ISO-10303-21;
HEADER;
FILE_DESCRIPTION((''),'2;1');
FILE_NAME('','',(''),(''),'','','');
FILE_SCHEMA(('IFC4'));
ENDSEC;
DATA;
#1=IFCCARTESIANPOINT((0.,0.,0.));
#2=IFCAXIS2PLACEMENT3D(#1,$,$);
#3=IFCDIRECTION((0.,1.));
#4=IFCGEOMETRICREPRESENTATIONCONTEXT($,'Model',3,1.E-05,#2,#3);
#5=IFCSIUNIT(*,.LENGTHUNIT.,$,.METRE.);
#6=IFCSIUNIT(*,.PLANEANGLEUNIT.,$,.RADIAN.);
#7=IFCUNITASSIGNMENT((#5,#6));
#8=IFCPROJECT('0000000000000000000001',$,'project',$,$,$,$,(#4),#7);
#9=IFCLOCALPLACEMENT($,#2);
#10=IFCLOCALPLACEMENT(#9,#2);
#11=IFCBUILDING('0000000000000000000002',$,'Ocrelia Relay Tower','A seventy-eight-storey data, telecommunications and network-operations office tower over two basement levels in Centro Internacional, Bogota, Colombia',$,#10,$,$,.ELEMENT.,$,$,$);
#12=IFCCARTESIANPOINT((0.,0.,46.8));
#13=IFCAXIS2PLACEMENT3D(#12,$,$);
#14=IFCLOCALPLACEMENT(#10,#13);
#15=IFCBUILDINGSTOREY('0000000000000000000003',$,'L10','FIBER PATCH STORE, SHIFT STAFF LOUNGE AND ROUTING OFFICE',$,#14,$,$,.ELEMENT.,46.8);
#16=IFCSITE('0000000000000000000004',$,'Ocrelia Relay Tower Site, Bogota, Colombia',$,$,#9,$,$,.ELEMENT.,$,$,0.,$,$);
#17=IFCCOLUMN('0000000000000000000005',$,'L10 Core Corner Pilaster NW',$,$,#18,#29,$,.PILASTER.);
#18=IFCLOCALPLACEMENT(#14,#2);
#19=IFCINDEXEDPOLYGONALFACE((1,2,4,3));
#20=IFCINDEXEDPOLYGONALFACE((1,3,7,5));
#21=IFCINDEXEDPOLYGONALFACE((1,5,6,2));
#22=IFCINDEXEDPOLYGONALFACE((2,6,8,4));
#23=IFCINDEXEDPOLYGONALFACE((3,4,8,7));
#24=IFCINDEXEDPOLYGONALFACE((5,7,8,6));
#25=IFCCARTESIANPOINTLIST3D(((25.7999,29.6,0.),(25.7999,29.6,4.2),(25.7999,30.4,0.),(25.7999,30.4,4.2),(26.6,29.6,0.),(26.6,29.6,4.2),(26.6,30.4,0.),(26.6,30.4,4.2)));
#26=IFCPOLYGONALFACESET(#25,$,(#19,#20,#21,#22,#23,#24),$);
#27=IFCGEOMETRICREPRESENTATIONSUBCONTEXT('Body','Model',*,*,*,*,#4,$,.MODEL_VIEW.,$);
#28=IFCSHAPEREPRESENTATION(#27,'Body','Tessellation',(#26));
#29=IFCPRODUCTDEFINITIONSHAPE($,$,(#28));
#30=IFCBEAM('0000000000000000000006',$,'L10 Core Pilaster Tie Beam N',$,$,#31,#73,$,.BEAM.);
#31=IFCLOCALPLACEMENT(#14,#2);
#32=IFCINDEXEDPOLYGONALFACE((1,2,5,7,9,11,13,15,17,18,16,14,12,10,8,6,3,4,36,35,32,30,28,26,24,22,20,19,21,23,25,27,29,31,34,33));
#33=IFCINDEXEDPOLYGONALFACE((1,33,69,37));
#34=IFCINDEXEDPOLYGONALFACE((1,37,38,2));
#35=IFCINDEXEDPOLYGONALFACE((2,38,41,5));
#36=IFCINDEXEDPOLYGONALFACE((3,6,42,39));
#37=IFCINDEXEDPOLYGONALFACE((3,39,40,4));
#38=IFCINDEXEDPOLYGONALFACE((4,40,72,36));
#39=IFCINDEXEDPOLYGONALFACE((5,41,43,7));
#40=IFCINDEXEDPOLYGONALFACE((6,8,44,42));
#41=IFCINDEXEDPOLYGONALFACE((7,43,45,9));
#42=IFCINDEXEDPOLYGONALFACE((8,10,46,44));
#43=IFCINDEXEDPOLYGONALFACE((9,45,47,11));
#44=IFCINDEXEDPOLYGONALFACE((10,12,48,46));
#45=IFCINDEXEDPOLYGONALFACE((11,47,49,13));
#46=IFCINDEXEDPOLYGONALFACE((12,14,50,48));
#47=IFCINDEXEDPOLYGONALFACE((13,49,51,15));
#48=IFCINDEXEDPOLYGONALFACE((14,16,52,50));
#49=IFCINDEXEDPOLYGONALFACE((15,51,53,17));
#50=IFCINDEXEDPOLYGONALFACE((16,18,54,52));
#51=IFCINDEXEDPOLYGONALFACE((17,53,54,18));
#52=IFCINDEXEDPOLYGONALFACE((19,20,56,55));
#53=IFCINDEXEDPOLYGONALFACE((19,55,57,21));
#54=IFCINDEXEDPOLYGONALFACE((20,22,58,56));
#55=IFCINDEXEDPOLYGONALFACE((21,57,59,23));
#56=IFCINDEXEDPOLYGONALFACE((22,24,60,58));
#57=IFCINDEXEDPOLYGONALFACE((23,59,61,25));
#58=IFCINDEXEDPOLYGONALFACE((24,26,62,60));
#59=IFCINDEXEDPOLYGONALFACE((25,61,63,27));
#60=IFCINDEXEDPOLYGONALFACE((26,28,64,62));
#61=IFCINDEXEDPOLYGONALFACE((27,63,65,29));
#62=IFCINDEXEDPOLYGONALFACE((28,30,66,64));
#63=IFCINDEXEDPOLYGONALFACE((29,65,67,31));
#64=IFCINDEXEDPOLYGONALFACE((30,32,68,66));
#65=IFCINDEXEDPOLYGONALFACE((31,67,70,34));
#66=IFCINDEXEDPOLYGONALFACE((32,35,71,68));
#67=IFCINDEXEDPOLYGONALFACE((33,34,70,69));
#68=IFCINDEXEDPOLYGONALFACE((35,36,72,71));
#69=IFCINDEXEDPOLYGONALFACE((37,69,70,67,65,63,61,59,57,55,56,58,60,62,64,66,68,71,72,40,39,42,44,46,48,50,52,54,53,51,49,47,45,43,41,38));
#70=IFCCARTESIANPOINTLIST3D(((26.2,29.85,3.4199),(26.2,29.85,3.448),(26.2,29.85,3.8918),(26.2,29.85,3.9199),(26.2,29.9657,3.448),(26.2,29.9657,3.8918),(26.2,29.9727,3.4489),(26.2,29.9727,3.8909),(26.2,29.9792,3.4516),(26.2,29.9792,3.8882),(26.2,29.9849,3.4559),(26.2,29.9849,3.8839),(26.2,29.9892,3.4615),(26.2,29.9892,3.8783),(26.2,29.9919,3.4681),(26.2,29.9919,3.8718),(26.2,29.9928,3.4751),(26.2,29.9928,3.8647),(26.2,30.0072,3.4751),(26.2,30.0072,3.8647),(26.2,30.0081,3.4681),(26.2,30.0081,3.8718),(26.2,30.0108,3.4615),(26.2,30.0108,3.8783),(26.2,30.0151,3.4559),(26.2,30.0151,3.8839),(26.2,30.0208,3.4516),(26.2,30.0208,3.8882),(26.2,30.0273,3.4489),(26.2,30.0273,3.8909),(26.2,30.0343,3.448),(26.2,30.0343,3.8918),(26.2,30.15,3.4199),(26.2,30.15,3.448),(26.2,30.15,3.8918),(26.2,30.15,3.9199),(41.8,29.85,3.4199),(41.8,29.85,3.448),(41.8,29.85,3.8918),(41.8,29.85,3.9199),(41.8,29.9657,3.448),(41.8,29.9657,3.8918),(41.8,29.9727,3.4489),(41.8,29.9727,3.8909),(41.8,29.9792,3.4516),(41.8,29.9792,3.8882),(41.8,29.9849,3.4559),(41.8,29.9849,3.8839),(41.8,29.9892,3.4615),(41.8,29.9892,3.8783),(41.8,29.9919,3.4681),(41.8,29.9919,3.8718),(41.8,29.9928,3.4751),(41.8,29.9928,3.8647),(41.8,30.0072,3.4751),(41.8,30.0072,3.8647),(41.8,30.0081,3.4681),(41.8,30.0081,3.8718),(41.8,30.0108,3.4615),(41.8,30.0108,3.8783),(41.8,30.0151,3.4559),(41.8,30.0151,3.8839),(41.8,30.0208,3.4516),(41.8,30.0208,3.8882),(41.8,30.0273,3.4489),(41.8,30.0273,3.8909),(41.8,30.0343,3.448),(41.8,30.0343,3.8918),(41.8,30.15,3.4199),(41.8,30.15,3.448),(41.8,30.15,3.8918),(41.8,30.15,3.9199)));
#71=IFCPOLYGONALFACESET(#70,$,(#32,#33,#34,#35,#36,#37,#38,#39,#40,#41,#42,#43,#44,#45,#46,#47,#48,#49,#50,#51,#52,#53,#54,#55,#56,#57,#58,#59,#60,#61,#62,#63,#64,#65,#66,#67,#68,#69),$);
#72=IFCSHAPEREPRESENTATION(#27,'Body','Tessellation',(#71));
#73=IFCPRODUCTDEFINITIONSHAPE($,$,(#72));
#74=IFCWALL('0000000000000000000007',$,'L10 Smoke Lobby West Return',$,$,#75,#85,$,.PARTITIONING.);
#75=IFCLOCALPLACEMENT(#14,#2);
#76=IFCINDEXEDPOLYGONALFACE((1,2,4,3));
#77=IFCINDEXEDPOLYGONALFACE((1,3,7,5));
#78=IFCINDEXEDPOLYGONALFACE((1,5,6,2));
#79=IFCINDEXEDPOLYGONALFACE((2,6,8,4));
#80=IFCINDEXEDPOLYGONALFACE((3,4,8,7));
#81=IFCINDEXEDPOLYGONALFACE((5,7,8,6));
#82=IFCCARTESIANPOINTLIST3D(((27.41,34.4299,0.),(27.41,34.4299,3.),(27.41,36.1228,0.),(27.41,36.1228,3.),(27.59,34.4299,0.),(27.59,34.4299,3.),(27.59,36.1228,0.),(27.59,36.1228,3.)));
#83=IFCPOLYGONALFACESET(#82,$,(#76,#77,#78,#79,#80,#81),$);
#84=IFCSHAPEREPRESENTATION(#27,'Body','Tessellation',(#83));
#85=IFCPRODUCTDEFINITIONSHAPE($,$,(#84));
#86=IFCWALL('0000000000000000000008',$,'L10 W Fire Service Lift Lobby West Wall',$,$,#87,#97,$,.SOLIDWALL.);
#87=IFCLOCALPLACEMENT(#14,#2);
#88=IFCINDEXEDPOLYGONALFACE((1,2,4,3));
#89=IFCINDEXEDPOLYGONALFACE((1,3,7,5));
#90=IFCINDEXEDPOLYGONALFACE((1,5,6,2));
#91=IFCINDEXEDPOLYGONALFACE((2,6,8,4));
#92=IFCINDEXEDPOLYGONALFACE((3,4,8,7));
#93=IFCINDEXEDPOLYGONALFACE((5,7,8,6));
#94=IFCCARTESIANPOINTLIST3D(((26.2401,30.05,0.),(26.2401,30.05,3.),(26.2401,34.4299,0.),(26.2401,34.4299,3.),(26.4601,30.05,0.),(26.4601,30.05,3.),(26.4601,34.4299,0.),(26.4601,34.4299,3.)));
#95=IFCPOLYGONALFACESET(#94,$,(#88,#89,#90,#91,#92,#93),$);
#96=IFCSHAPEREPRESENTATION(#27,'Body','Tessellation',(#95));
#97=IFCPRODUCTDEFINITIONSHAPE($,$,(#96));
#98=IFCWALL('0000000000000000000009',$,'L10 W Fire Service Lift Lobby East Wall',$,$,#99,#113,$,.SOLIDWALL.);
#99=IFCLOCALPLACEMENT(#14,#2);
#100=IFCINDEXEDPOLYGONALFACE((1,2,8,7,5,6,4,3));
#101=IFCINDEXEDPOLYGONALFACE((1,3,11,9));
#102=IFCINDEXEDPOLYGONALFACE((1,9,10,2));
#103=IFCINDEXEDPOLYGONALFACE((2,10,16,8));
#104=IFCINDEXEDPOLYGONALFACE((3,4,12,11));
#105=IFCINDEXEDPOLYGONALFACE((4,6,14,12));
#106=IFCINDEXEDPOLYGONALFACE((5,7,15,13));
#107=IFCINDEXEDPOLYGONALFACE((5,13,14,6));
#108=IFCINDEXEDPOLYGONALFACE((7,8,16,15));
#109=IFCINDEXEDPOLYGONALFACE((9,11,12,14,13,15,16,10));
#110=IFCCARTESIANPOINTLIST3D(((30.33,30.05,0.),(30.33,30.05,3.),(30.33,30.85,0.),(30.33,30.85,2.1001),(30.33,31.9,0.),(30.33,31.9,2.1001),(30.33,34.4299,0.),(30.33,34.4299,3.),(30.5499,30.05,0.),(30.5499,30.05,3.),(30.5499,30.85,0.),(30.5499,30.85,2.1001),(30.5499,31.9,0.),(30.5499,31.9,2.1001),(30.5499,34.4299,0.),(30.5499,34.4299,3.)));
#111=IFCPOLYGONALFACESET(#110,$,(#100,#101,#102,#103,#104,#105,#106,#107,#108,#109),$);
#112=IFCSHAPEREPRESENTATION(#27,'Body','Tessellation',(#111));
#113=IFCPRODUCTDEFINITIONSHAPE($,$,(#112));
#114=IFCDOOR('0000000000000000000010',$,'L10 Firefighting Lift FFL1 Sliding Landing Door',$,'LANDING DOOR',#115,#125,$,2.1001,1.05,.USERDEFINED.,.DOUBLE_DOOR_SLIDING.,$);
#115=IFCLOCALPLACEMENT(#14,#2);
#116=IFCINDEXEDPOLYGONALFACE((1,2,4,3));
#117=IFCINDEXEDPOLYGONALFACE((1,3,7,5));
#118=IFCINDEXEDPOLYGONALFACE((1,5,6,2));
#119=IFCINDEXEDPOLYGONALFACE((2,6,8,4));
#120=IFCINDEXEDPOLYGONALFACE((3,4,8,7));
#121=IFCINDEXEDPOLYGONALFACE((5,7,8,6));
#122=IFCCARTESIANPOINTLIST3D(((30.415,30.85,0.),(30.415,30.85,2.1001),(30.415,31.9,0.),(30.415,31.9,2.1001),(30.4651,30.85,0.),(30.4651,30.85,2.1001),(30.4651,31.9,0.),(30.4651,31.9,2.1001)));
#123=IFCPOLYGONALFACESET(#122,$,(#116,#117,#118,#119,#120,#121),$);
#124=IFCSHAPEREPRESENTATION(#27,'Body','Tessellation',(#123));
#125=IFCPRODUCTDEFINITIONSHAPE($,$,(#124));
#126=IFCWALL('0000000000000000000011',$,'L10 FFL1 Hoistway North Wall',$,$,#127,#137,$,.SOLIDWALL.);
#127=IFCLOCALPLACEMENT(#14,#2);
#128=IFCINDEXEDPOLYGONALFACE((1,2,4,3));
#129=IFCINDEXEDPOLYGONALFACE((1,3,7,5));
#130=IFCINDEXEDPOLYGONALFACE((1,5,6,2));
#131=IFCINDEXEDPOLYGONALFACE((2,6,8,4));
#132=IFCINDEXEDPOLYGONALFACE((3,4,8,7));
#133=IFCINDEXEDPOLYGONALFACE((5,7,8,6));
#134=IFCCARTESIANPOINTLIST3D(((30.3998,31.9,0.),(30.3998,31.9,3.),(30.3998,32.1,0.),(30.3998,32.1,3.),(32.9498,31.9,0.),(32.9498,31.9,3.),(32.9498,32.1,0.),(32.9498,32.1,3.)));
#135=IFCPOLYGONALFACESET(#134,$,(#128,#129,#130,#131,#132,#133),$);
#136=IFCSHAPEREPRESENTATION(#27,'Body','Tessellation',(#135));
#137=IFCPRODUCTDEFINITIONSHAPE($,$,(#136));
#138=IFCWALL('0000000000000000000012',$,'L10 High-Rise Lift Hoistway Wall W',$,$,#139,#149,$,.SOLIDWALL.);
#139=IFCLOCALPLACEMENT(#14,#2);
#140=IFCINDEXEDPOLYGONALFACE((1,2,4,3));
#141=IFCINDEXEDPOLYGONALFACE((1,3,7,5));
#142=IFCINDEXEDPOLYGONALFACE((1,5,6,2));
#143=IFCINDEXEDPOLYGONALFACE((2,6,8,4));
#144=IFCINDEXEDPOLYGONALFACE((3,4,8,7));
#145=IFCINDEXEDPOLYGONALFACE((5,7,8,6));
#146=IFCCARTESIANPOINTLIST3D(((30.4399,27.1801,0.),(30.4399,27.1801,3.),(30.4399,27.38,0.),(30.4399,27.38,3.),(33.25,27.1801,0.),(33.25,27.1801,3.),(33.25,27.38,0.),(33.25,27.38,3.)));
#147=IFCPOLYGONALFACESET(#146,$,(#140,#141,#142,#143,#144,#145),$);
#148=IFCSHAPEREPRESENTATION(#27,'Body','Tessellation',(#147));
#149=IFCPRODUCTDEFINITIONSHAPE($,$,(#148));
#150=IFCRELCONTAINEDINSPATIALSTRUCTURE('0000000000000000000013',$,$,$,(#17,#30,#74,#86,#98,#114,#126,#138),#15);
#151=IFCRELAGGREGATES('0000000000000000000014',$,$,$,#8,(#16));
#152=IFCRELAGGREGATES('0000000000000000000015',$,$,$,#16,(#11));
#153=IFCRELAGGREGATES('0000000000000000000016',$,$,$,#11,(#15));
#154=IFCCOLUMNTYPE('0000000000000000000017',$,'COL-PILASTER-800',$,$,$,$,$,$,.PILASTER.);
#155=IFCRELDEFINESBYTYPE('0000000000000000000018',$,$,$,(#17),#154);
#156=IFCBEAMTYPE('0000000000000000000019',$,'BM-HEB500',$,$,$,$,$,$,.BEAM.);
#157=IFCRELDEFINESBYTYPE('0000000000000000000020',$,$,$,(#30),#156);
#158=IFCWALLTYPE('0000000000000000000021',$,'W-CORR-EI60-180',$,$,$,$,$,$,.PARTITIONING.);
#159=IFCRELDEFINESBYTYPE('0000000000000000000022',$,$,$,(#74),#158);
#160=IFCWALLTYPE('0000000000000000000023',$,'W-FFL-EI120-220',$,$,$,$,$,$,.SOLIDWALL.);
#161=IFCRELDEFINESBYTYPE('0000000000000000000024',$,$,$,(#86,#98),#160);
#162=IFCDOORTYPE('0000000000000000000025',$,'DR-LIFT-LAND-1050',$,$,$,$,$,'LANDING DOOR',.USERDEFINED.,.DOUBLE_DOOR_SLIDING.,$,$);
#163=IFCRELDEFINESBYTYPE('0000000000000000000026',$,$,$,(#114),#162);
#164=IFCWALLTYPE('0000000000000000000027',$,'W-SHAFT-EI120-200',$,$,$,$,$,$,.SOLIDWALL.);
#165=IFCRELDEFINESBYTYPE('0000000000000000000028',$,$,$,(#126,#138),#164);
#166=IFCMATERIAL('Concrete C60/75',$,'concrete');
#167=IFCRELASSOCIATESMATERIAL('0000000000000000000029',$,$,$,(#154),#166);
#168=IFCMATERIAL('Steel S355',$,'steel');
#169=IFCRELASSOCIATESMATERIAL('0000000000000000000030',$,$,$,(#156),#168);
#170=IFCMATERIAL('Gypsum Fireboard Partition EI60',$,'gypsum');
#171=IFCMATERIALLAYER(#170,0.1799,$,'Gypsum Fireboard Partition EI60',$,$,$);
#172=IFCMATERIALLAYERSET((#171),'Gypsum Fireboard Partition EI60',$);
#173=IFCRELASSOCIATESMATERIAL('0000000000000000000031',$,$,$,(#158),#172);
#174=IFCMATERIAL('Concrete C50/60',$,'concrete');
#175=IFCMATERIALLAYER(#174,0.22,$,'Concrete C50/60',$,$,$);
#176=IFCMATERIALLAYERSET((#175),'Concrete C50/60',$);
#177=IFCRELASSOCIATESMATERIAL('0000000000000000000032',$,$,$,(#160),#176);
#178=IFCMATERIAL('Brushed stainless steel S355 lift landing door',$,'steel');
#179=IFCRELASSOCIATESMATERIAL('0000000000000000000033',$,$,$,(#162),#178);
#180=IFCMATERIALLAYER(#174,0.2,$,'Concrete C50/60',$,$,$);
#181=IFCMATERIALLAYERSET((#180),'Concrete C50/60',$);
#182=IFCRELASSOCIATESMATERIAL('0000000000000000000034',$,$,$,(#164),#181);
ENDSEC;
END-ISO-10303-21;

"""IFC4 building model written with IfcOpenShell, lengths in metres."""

from ifc_helpers import new_model, si_unit, direction, frame, frame_2d, origin, origin_2d, place, context, subcontext, project, spatial, rectangle, i_section, extrude, material, layer, layer_set, material_profile, profile_set, type_object, element, fill, save


model = new_model("IFC4")

# Units and contexts
model_context = context("Model", 3, precision=1e-05, world=origin(), true_north=direction((0.0, 1.0)))
body_context = subcontext(model_context, "Body", "Model", "MODEL_VIEW")
ifc_project = project(units=[si_unit("LENGTHUNIT", "METRE"), si_unit("PLANEANGLEUNIT", "RADIAN")], contexts=[model_context])

# Site, building, storey
site_placement = place(None, origin())
site = spatial("IfcSite", under=ifc_project, at=site_placement, Name="Ocrelia Relay Tower Site, Bogota, Colombia", CompositionType="ELEMENT", RefElevation=0.0)
building_placement = place(site_placement, origin())
building = spatial("IfcBuilding", under=site, at=building_placement, Name="Ocrelia Relay Tower", Description="A seventy-eight-storey data, telecommunications and network-operations office tower over two basement levels in Centro Internacional, Bogota, Colombia", CompositionType="ELEMENT")
storey_placement = place(building_placement, frame((0.0, 0.0, 46.8)))
storey = spatial("IfcBuildingStorey", under=building, at=storey_placement, Name="L10", Description="FIBER PATCH STORE, SHIFT STAFF LOUNGE AND ROUTING OFFICE", CompositionType="ELEMENT", Elevation=46.8)

# Column
ifc_material_1 = material(Name="Concrete C60/75", Category="concrete")
ifc_material_profile_1 = material_profile(ifc_material_1, rectangle(XDim=0.8, YDim=0.8, at=origin_2d()), Name="RC-COL-800x800")
ifc_profile_set_1 = profile_set([ifc_material_profile_1], Name="Concrete C60/75")
column_type = type_object("IfcColumnType", Name="COL-PILASTER-800", PredefinedType="PILASTER", material=ifc_profile_set_1)
column_placement = place(storey_placement, frame((26.2, 30.0, 0.0), z_axis=(0.0, 0.0, 1.0), x_axis=(1.0, 0.0, 0.0)))
element("IfcColumn", 1, at=column_placement, inside=storey, type_object=column_type, Name="L10 Core Corner Pilaster NW", PredefinedType="PILASTER", context=body_context, shape_type="SweptSolid", body=[
    extrude(rectangle(XDim=0.8, YDim=0.8, at=origin_2d()), origin(), (0.0, 0.0, 1.0), 4.2),
])

# Beam
ifc_material_2 = material(Name="Steel S355", Category="steel")
ifc_material_profile_2 = material_profile(ifc_material_2, i_section(OverallWidth=0.3, OverallDepth=0.5, WebThickness=0.0144, FlangeThickness=0.0281, FilletRadius=0.0271, at=origin_2d()), Name="HEB 500")
ifc_profile_set_2 = profile_set([ifc_material_profile_2], Name="Steel S355")
beam_type = type_object("IfcBeamType", Name="BM-HEB500", PredefinedType="BEAM", material=ifc_profile_set_2)
beam_placement = place(storey_placement, frame((26.2, 30.0, 3.6699), z_axis=(1.0, 0.0, 0.0), x_axis=(0.0, 1.0, 0.0)))
element("IfcBeam", 2, at=beam_placement, inside=storey, type_object=beam_type, Name="L10 Core Pilaster Tie Beam N", PredefinedType="BEAM", context=body_context, shape_type="SweptSolid", body=[
    extrude(i_section(OverallWidth=0.3, OverallDepth=0.5, WebThickness=0.0144, FlangeThickness=0.0281, FilletRadius=0.0271, at=origin_2d()), origin(), (0.0, 0.0, 1.0), 15.6001),
])

# Wall
ifc_material_3 = material(Name="Gypsum Fireboard Partition EI60", Category="gypsum")
ifc_layer_1 = layer(ifc_material_3, 0.1799, Name="Gypsum Fireboard Partition EI60")
ifc_layer_set_1 = layer_set([ifc_layer_1], Name="Gypsum Fireboard Partition EI60")
wall_type_1 = type_object("IfcWallType", Name="W-CORR-EI60-180", PredefinedType="PARTITIONING", material=ifc_layer_set_1)
wall_1_placement = place(storey_placement, frame((27.5, 34.4299, 0.0), z_axis=(0.0, 0.0, 1.0), x_axis=(0.0, 1.0, 0.0)))
element("IfcWall", 3, at=wall_1_placement, inside=storey, type_object=wall_type_1, Name="L10 Smoke Lobby West Return", PredefinedType="PARTITIONING", context=body_context, shape_type="SweptSolid", body=[
    extrude(rectangle(XDim=1.6929, YDim=0.1799, at=frame_2d((0.8464, 0.0))), origin(), (0.0, 0.0, 1.0), 3.0),
])

# Wall
ifc_material_4 = material(Name="Concrete C50/60", Category="concrete")
ifc_layer_2 = layer(ifc_material_4, 0.22, Name="Concrete C50/60")
ifc_layer_set_2 = layer_set([ifc_layer_2], Name="Concrete C50/60")
wall_type_2 = type_object("IfcWallType", Name="W-FFL-EI120-220", PredefinedType="SOLIDWALL", material=ifc_layer_set_2)
wall_2_placement = place(storey_placement, frame((26.3501, 30.05, 0.0), z_axis=(0.0, 0.0, 1.0), x_axis=(0.0, 1.0, 0.0)))
element("IfcWall", 4, at=wall_2_placement, inside=storey, type_object=wall_type_2, Name="L10 W Fire Service Lift Lobby West Wall", PredefinedType="SOLIDWALL", context=body_context, shape_type="SweptSolid", body=[
    extrude(rectangle(XDim=4.3799, YDim=0.22, at=frame_2d((2.1899, 0.0))), origin(), (0.0, 0.0, 1.0), 3.0),
])

# Wall, opening, door
wall_3_placement = place(storey_placement, frame((30.4399, 30.05, 0.0), z_axis=(0.0, 0.0, 1.0), x_axis=(0.0, 1.0, 0.0)))
wall_3 = element("IfcWall", 5, at=wall_3_placement, inside=storey, type_object=wall_type_2, Name="L10 W Fire Service Lift Lobby East Wall", PredefinedType="SOLIDWALL", context=body_context, shape_type="SweptSolid", body=[
    extrude(rectangle(XDim=4.3799, YDim=0.22, at=frame_2d((2.1899, 0.0))), origin(), (0.0, 0.0, 1.0), 3.0),
])
opening_1_placement = place(wall_3_placement, frame((0.8, 0.0, 0.0)))
opening_1 = element("IfcOpeningElement", 6, at=opening_1_placement, cuts=wall_3, PredefinedType="OPENING", context=body_context, shape_type="SweptSolid", body=[
    extrude(rectangle(XDim=1.05, YDim=2.1001, at=frame_2d((0.5249, 1.05))), frame((0.0, 0.1201, 0.0), z_axis=(0.0, -1.0, 0.0), x_axis=(1.0, 0.0, 0.0)), (0.0, 0.0, 1.0), 0.24),
])
ifc_material_5 = material(Name="Brushed stainless steel S355 lift landing door", Category="steel")
door_type_1 = type_object("IfcDoorType", Name="DR-LIFT-LAND-1050", ElementType="LANDING DOOR", OperationType="DOUBLE_DOOR_SLIDING", PredefinedType="USERDEFINED", material=ifc_material_5)
door_1_placement = place(opening_1_placement, origin())
door_1 = element("IfcDoor", 7, at=door_1_placement, inside=storey, type_object=door_type_1, Name="L10 Firefighting Lift FFL1 Sliding Landing Door", ObjectType="LANDING DOOR", OperationType="DOUBLE_DOOR_SLIDING", OverallHeight=2.1001, OverallWidth=1.05, PredefinedType="USERDEFINED", context=body_context, shape_type="SweptSolid", body=[
    extrude(rectangle(XDim=1.05, YDim=2.1001, at=frame_2d((0.5249, 1.05))), frame((0.0, 0.0249, 0.0), z_axis=(0.0, -1.0, 0.0), x_axis=(1.0, 0.0, 0.0)), (0.0, 0.0, 1.0), 0.05),
])
fill(opening_1, door_1)

# Walls
ifc_layer_3 = layer(ifc_material_4, 0.2, Name="Concrete C50/60")
ifc_layer_set_3 = layer_set([ifc_layer_3], Name="Concrete C50/60")
wall_type_3 = type_object("IfcWallType", Name="W-SHAFT-EI120-200", PredefinedType="SOLIDWALL", material=ifc_layer_set_3)
wall_4_placement = place(storey_placement, frame((30.3999, 32.0, 0.0), z_axis=(0.0, 0.0, 1.0), x_axis=(1.0, 0.0, 0.0)))
element("IfcWall", 8, at=wall_4_placement, inside=storey, type_object=wall_type_3, Name="L10 FFL1 Hoistway North Wall", PredefinedType="SOLIDWALL", context=body_context, shape_type="SweptSolid", body=[
    extrude(rectangle(XDim=2.55, YDim=0.2, at=frame_2d((1.2749, 0.0))), origin(), (0.0, 0.0, 1.0), 3.0),
])
wall_5_placement = place(storey_placement, frame((30.4399, 27.28, 0.0), z_axis=(0.0, 0.0, 1.0), x_axis=(1.0, 0.0, 0.0)))
element("IfcWall", 9, at=wall_5_placement, inside=storey, type_object=wall_type_3, Name="L10 High-Rise Lift Hoistway Wall W", PredefinedType="SOLIDWALL", context=body_context, shape_type="SweptSolid", body=[
    extrude(rectangle(XDim=2.8101, YDim=0.2, at=frame_2d((1.405, 0.0))), origin(), (0.0, 0.0, 1.0), 3.0),
])

save(model, "model.ifc")
